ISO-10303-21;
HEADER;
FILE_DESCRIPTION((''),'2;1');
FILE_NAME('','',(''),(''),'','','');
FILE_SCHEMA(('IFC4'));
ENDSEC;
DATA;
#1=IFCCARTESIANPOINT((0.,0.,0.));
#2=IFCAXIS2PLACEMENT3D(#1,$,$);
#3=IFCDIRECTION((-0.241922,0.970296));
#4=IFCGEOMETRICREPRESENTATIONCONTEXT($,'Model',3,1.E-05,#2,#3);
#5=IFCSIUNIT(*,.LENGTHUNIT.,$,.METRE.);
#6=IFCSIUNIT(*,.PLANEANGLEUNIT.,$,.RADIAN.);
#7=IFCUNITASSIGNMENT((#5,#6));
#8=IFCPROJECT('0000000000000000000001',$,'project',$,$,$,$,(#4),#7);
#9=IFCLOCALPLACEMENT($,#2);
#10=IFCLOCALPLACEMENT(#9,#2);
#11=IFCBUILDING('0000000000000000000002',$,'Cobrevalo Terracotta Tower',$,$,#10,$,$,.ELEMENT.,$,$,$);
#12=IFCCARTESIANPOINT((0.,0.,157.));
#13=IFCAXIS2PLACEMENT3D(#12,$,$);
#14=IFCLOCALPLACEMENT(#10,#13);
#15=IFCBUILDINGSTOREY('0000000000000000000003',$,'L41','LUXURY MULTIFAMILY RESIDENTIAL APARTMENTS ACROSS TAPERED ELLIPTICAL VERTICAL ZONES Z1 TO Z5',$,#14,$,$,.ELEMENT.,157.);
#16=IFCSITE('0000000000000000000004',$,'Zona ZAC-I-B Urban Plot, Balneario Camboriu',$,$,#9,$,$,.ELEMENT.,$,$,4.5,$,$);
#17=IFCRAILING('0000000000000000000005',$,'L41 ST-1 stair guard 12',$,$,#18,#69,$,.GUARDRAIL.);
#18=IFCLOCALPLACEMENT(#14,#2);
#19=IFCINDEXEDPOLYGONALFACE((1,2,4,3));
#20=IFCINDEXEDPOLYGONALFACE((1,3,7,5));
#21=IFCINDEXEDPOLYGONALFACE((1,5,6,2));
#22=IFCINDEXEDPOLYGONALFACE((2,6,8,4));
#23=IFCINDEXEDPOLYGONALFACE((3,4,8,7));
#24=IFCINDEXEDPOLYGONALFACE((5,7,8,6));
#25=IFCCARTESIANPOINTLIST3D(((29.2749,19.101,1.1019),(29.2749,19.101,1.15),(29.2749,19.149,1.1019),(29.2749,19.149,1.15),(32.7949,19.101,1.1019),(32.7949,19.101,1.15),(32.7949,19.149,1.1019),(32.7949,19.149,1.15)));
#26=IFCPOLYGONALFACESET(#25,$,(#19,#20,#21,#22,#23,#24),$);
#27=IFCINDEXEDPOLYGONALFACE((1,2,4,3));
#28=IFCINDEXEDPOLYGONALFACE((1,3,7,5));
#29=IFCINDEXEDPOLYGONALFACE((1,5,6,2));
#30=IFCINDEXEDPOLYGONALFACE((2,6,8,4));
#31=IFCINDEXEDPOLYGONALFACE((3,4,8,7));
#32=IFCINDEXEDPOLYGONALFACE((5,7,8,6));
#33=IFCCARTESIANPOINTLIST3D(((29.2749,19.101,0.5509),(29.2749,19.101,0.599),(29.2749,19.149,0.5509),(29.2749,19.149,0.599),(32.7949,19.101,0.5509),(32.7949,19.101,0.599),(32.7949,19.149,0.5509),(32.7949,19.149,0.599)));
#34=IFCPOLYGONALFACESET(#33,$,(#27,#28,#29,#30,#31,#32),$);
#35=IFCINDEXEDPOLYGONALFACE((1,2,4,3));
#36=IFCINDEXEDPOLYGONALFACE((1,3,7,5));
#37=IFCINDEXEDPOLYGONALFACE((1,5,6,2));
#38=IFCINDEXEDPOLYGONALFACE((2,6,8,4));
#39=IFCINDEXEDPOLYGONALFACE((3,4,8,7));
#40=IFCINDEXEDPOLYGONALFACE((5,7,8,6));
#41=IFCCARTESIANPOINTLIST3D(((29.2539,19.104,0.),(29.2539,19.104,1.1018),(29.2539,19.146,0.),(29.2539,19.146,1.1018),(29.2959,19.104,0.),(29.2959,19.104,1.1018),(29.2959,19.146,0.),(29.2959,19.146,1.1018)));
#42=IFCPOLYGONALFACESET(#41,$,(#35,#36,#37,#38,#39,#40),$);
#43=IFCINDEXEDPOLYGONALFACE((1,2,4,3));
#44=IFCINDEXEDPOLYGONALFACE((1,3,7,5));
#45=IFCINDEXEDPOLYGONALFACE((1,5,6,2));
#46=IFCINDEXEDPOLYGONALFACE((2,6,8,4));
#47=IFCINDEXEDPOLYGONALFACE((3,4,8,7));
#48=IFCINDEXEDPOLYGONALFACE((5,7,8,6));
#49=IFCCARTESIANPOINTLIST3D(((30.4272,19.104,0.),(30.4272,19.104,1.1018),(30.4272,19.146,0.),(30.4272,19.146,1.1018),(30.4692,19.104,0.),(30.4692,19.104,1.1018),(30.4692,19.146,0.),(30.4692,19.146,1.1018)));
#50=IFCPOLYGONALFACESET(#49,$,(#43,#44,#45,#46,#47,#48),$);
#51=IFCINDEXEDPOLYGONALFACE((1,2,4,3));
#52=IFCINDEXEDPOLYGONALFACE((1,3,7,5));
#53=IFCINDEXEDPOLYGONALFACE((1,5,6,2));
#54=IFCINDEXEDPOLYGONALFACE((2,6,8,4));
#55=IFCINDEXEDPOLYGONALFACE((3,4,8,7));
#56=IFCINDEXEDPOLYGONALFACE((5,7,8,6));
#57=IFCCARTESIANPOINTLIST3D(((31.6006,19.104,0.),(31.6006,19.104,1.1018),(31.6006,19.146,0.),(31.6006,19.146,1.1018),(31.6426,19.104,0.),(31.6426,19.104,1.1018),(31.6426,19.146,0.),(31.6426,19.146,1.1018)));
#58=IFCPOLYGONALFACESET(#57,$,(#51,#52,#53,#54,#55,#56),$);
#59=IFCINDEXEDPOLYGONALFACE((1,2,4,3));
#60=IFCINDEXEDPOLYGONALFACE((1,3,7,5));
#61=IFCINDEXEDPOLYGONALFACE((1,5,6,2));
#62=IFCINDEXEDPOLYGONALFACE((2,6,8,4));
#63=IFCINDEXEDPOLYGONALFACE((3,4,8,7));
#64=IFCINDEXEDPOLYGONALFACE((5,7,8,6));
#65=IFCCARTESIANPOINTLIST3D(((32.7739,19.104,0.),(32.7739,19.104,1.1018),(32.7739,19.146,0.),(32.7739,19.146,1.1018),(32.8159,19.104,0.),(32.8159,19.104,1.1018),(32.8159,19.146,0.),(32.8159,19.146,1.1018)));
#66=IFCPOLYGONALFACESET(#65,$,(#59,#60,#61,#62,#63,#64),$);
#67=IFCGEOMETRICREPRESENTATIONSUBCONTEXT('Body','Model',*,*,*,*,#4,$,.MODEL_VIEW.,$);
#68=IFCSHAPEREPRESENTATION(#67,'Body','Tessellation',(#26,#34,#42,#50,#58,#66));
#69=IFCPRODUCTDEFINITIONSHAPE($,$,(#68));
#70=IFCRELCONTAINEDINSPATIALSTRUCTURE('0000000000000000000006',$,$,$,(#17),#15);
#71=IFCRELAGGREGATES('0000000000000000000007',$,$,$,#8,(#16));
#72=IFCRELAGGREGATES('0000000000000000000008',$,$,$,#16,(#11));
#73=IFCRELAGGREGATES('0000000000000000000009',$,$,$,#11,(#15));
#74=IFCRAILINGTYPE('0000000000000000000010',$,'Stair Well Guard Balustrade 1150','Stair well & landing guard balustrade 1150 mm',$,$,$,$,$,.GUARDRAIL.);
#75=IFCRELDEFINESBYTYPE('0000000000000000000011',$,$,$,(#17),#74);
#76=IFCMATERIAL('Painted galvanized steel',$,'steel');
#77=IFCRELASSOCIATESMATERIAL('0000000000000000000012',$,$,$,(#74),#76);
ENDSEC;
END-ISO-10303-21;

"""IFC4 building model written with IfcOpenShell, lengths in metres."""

from ifc_helpers import new_model, si_unit, direction, frame, origin, origin_2d, place, context, subcontext, project, spatial, rectangle, extrude, material, type_object, element, save


model = new_model("IFC4")

# Units and contexts
model_context = context("Model", 3, precision=1e-05, world=origin(), true_north=direction((-0.241922, 0.970296)))
body_context = subcontext(model_context, "Body", "Model", "MODEL_VIEW")
ifc_project = project(units=[si_unit("LENGTHUNIT", "METRE"), si_unit("PLANEANGLEUNIT", "RADIAN")], contexts=[model_context])

# Site, building, storey
site_placement = place(None, origin())
site = spatial("IfcSite", under=ifc_project, at=site_placement, Name="Zona ZAC-I-B Urban Plot, Balneario Camboriu", CompositionType="ELEMENT", RefElevation=4.5)
building_placement = place(site_placement, origin())
building = spatial("IfcBuilding", under=site, at=building_placement, Name="Cobrevalo Terracotta Tower", CompositionType="ELEMENT")
storey_placement = place(building_placement, frame((0.0, 0.0, 157.0)))
storey = spatial("IfcBuildingStorey", under=building, at=storey_placement, Name="L41", Description="LUXURY MULTIFAMILY RESIDENTIAL APARTMENTS ACROSS TAPERED ELLIPTICAL VERTICAL ZONES Z1 TO Z5", CompositionType="ELEMENT", Elevation=157.0)

# Railing
ifc_material_1 = material(Name="Painted galvanized steel", Category="steel")
railing_type_1 = type_object("IfcRailingType", Name="Stair Well Guard Balustrade 1150", Description="Stair well & landing guard balustrade 1150 mm", PredefinedType="GUARDRAIL", material=ifc_material_1)
railing_1_placement = place(storey_placement, frame((29.2749, 19.125, 0.0)))
element("IfcRailing", 1, at=railing_1_placement, inside=storey, type_object=railing_type_1, Name="L41 ST-1 stair guard 12", PredefinedType="GUARDRAIL", context=body_context, shape_type="SweptSolid", body=[
    extrude(rectangle(XDim=0.0481, YDim=0.0481, at=origin_2d()), frame((0.0, 0.0, 1.126), z_axis=(1.0, 0.0, 0.0), x_axis=(0.0, 1.0, 0.0)), (0.0, 0.0, 1.0), 3.52),
    extrude(rectangle(XDim=0.0481, YDim=0.0481, at=origin_2d()), frame((0.0, 0.0, 0.575), z_axis=(1.0, 0.0, 0.0), x_axis=(0.0, 1.0, 0.0)), (0.0, 0.0, 1.0), 3.52),
    extrude(rectangle(XDim=0.042, YDim=0.042, at=origin_2d()), origin(), (0.0, 0.0, 1.0), 1.1018),
    extrude(rectangle(XDim=0.042, YDim=0.042, at=origin_2d()), frame((1.1733, 0.0, 0.0)), (0.0, 0.0, 1.0), 1.1018),
    extrude(rectangle(XDim=0.042, YDim=0.042, at=origin_2d()), frame((2.3467, 0.0, 0.0)), (0.0, 0.0, 1.0), 1.1018),
    extrude(rectangle(XDim=0.042, YDim=0.042, at=origin_2d()), frame((3.52, 0.0, 0.0)), (0.0, 0.0, 1.0), 1.1018),
])

save(model, "model.ifc")
